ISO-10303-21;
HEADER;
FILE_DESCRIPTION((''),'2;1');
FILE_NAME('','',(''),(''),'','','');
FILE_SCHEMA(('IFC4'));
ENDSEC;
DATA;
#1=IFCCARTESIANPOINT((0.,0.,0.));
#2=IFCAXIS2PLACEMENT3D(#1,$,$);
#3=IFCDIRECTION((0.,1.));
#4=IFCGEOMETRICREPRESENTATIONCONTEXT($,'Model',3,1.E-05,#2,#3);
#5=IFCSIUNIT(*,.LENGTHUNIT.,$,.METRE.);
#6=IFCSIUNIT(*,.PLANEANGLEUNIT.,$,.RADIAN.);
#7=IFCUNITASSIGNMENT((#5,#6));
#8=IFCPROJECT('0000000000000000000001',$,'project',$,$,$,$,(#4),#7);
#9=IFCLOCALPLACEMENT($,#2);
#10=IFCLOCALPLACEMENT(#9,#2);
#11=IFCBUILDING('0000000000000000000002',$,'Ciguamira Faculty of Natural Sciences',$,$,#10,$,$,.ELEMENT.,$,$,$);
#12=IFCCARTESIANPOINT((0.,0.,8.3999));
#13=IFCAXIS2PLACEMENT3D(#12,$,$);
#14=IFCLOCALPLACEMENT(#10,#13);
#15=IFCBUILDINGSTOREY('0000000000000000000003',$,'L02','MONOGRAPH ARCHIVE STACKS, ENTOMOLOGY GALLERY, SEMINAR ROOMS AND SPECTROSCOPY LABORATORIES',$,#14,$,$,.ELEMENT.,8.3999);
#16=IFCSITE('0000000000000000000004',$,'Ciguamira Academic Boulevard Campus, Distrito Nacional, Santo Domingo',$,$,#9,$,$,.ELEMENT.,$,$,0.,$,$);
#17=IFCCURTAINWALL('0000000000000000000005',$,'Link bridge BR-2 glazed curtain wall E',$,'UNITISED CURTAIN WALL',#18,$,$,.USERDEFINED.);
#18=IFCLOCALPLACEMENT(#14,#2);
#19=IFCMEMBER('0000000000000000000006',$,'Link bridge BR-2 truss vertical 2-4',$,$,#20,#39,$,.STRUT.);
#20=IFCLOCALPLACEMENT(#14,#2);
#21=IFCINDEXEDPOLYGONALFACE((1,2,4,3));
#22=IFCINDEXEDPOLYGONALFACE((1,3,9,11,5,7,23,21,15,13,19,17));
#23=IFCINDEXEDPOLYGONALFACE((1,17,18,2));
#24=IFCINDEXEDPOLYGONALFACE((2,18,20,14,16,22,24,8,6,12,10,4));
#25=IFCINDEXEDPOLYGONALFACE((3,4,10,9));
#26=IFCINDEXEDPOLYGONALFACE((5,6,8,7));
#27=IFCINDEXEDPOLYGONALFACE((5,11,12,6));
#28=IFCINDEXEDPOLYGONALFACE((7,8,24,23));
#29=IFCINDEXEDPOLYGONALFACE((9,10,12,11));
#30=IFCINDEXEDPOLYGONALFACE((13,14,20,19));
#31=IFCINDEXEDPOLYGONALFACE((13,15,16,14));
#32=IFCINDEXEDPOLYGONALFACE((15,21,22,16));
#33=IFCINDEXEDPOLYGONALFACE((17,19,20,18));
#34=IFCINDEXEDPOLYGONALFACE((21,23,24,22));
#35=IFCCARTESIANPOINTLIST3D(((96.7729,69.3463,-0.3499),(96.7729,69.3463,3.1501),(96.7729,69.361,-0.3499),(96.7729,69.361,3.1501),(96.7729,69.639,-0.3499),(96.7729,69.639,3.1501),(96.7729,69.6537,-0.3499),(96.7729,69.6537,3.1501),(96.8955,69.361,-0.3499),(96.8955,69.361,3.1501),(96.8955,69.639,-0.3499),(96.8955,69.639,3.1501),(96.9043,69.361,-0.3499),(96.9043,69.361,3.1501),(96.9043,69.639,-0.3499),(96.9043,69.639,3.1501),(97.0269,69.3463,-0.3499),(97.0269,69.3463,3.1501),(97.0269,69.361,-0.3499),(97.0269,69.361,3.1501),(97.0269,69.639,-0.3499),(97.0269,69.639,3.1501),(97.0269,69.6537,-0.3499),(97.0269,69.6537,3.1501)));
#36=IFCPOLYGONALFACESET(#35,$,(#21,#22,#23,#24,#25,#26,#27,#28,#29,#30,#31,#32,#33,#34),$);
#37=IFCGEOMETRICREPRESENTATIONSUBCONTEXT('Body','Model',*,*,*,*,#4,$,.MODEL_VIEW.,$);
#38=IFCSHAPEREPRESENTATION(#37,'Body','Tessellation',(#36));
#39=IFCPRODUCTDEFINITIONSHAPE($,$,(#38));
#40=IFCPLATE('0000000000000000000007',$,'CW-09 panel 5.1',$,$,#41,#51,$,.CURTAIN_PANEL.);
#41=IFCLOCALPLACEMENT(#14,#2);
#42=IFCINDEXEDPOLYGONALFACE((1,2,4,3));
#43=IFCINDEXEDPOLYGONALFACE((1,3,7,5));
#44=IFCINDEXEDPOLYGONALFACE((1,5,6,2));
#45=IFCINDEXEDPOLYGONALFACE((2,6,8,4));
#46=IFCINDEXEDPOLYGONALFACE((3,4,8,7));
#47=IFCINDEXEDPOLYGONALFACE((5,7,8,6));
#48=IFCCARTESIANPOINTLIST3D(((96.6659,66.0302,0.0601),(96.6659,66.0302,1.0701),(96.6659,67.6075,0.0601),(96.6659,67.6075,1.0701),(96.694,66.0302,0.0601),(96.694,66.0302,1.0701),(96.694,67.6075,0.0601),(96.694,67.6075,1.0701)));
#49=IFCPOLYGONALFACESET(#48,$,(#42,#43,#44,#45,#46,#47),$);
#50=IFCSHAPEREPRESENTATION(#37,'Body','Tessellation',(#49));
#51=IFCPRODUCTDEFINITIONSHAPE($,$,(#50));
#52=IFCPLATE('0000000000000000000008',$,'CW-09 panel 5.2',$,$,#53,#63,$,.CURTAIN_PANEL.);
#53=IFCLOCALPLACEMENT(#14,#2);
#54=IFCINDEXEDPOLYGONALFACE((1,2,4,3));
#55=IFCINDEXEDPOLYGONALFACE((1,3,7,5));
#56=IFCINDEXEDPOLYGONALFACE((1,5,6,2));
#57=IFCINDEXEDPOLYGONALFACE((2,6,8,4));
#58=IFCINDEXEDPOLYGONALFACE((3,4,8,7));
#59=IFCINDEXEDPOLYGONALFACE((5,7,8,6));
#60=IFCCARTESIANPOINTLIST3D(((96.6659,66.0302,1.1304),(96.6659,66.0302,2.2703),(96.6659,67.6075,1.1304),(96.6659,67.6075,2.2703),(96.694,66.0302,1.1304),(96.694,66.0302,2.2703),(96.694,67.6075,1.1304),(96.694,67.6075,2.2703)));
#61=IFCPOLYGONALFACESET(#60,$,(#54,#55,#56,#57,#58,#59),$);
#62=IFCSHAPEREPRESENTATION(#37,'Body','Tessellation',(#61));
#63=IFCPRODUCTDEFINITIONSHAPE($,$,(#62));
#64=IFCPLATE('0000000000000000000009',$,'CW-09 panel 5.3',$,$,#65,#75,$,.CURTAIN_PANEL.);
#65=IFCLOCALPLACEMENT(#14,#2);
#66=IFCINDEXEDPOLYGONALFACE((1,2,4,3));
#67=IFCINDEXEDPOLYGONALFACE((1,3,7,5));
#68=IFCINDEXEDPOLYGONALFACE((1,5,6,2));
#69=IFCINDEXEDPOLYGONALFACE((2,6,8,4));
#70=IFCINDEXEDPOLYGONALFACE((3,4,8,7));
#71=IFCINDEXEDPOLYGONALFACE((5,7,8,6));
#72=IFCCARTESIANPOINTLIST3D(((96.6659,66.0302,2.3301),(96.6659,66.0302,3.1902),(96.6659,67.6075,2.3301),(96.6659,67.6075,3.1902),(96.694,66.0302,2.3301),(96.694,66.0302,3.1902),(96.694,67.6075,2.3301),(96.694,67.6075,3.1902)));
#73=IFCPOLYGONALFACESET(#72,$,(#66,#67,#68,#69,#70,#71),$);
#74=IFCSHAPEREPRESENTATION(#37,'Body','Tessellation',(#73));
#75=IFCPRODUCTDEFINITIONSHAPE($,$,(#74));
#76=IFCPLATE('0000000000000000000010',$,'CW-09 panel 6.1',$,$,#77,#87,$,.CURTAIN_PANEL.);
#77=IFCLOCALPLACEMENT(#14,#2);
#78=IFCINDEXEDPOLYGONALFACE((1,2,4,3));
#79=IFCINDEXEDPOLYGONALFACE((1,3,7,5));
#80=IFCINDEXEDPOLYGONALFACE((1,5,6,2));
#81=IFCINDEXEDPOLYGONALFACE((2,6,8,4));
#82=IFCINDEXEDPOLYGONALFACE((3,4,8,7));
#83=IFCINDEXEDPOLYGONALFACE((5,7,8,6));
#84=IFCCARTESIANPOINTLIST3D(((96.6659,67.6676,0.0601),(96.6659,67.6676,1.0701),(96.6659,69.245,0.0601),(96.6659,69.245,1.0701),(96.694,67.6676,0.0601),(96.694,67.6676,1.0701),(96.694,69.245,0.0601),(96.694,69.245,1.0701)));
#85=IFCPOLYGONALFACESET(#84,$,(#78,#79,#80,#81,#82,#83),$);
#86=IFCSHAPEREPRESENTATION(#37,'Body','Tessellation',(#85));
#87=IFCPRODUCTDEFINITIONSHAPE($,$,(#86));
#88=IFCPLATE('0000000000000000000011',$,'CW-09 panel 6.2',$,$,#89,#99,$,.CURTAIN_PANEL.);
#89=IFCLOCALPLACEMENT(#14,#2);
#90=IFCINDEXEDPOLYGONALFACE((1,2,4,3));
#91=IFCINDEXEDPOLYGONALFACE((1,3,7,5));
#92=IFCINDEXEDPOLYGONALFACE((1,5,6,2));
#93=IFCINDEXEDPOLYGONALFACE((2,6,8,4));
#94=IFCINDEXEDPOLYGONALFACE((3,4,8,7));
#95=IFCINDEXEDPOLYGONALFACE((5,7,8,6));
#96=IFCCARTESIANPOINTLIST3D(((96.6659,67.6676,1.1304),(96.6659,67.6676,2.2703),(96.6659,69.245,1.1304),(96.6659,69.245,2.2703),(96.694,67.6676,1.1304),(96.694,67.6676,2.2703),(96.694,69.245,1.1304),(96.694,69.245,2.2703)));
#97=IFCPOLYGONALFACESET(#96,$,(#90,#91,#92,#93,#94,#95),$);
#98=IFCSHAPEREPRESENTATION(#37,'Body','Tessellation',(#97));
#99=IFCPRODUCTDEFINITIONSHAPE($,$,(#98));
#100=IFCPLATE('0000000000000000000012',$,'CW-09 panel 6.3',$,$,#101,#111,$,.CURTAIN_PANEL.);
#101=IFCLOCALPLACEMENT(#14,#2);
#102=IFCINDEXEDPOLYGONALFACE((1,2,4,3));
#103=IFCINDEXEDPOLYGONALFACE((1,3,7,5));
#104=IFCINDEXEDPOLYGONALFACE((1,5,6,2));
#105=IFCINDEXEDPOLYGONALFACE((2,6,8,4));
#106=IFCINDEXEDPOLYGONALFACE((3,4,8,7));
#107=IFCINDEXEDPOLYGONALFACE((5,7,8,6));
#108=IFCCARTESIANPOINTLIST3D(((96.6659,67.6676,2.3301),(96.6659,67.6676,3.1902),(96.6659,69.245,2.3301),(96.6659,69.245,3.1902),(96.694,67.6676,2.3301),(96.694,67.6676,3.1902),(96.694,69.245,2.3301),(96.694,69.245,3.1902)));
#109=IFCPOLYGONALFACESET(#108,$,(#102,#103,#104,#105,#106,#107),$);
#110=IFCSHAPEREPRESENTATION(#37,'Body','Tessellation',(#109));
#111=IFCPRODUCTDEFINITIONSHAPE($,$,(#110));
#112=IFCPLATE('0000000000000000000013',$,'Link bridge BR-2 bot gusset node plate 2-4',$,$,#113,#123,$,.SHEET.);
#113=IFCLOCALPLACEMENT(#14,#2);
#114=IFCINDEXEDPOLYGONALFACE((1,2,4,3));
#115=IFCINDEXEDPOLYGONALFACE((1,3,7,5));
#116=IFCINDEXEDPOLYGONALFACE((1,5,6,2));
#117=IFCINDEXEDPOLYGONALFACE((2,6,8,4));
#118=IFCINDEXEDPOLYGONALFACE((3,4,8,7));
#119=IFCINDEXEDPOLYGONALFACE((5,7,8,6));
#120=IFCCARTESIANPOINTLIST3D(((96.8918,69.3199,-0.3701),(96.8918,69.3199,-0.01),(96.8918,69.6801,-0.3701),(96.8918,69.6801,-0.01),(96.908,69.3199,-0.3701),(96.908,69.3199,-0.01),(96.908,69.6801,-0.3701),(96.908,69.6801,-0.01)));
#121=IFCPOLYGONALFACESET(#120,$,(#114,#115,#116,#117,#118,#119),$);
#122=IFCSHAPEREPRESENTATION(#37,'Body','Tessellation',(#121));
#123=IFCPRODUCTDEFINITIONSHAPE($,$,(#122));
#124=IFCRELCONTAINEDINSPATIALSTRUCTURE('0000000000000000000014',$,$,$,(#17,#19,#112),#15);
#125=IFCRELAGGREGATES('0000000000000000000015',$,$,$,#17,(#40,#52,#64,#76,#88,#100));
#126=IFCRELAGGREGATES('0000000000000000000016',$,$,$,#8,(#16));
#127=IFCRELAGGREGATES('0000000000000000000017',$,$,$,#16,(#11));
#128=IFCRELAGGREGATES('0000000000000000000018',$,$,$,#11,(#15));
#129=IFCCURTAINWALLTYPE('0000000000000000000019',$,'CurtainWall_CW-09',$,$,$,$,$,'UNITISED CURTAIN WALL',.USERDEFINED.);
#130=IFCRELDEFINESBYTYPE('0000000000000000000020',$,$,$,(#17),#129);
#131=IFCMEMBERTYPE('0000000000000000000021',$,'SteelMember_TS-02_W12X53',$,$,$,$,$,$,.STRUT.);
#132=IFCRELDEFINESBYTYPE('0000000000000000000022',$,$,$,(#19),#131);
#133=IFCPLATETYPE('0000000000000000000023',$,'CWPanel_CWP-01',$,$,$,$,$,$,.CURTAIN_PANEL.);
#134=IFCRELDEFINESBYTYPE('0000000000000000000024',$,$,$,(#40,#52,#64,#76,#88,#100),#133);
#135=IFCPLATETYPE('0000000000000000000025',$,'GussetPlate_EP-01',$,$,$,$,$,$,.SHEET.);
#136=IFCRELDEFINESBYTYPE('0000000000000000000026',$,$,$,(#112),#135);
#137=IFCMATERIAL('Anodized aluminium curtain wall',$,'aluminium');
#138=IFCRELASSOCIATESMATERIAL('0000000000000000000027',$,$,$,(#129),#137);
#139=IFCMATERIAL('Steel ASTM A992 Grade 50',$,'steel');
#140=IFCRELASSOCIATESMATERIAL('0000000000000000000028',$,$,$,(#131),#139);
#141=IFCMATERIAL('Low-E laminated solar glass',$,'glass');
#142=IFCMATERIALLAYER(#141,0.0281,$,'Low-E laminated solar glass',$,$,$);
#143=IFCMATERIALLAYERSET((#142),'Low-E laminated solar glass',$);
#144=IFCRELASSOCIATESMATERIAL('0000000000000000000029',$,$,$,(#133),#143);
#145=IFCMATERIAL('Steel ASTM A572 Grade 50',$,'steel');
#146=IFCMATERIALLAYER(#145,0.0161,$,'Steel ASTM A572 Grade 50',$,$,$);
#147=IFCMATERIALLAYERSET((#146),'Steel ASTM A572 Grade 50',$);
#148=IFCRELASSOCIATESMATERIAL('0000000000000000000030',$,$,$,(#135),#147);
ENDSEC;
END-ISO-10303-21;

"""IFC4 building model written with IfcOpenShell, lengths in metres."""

from ifc_helpers import new_model, si_unit, direction, frame, origin, origin_2d, place, context, subcontext, project, spatial, rectangle, i_section, extrude, material, layer, layer_set, material_profile, profile_set, type_object, element, aggregate, save


model = new_model("IFC4")

# Units and contexts
model_context = context("Model", 3, precision=1e-05, world=origin(), true_north=direction((0.0, 1.0)))
body_context = subcontext(model_context, "Body", "Model", "MODEL_VIEW")
ifc_project = project(units=[si_unit("LENGTHUNIT", "METRE"), si_unit("PLANEANGLEUNIT", "RADIAN")], contexts=[model_context])

# Site, building, storey
site_placement = place(None, origin())
site = spatial("IfcSite", under=ifc_project, at=site_placement, Name="Ciguamira Academic Boulevard Campus, Distrito Nacional, Santo Domingo", CompositionType="ELEMENT", RefElevation=0.0)
building_placement = place(site_placement, origin())
building = spatial("IfcBuilding", under=site, at=building_placement, Name="Ciguamira Faculty of Natural Sciences", CompositionType="ELEMENT")
storey_placement = place(building_placement, frame((0.0, 0.0, 8.3999)))
storey = spatial("IfcBuildingStorey", under=building, at=storey_placement, Name="L02", Description="MONOGRAPH ARCHIVE STACKS, ENTOMOLOGY GALLERY, SEMINAR ROOMS AND SPECTROSCOPY LABORATORIES", CompositionType="ELEMENT", Elevation=8.3999)

# Curtain wall
ifc_material_1 = material(Name="Anodized aluminium curtain wall", Category="aluminium")
curtain_wall_type = type_object("IfcCurtainWallType", Name="CurtainWall_CW-09", ElementType="UNITISED CURTAIN WALL", PredefinedType="USERDEFINED", material=ifc_material_1)
curtain_wall_placement = place(storey_placement, origin())
curtain_wall = element("IfcCurtainWall", 1, at=curtain_wall_placement, inside=storey, type_object=curtain_wall_type, Name="Link bridge BR-2 glazed curtain wall E", ObjectType="UNITISED CURTAIN WALL", PredefinedType="USERDEFINED")

# Member
ifc_material_2 = material(Name="Steel ASTM A992 Grade 50", Category="steel")
ifc_material_profile_1 = material_profile(ifc_material_2, i_section(OverallWidth=0.2539, OverallDepth=0.3074, WebThickness=0.0088, FlangeThickness=0.0146, at=origin_2d()), Name="W12X53")
ifc_profile_set_1 = profile_set([ifc_material_profile_1], Name="Steel ASTM A992 Grade 50")
member_type_1 = type_object("IfcMemberType", Name="SteelMember_TS-02_W12X53", PredefinedType="STRUT", material=ifc_profile_set_1)
member_1_placement = place(storey_placement, frame((96.8999, 69.5, -0.3499), z_axis=(0.0, 0.0, 1.0), x_axis=(1.0, 0.0, 0.0)))
element("IfcMember", 2, at=member_1_placement, inside=storey, type_object=member_type_1, Name="Link bridge BR-2 truss vertical 2-4", PredefinedType="STRUT", context=body_context, shape_type="SweptSolid", body=[
    extrude(i_section(OverallWidth=0.2539, OverallDepth=0.3074, WebThickness=0.0088, FlangeThickness=0.0146, at=origin_2d()), origin(), (0.0, 0.0, 1.0), 3.5),
])

# Plates
ifc_material_3 = material(Name="Low-E laminated solar glass", Category="glass")
ifc_layer_1 = layer(ifc_material_3, 0.0281, Name="Low-E laminated solar glass")
ifc_layer_set_1 = layer_set([ifc_layer_1], Name="Low-E laminated solar glass")
plate_type_1 = type_object("IfcPlateType", Name="CWPanel_CWP-01", PredefinedType="CURTAIN_PANEL", material=ifc_layer_set_1)
plate_1_placement = place(storey_placement, frame((96.6799, 66.8188, 0.0601), z_axis=(0.0, 0.0, 1.0), x_axis=(0.0, 1.0, 0.0)))
plate_1 = element("IfcPlate", 3, at=plate_1_placement, type_object=plate_type_1, Name="CW-09 panel 5.1", PredefinedType="CURTAIN_PANEL", context=body_context, shape_type="SweptSolid", body=[
    extrude(rectangle(XDim=1.5774, YDim=0.0281, at=origin_2d()), origin(), (0.0, 0.0, 1.0), 1.01),
])
plate_2_placement = place(storey_placement, frame((96.6799, 66.8188, 1.1304), z_axis=(0.0, 0.0, 1.0), x_axis=(0.0, 1.0, 0.0)))
plate_2 = element("IfcPlate", 4, at=plate_2_placement, type_object=plate_type_1, Name="CW-09 panel 5.2", PredefinedType="CURTAIN_PANEL", context=body_context, shape_type="SweptSolid", body=[
    extrude(rectangle(XDim=1.5774, YDim=0.0281, at=origin_2d()), origin(), (0.0, 0.0, 1.0), 1.1399),
])
plate_3_placement = place(storey_placement, frame((96.6799, 66.8188, 2.3301), z_axis=(0.0, 0.0, 1.0), x_axis=(0.0, 1.0, 0.0)))
plate_3 = element("IfcPlate", 5, at=plate_3_placement, type_object=plate_type_1, Name="CW-09 panel 5.3", PredefinedType="CURTAIN_PANEL", context=body_context, shape_type="SweptSolid", body=[
    extrude(rectangle(XDim=1.5774, YDim=0.0281, at=origin_2d()), origin(), (0.0, 0.0, 1.0), 0.8601),
])
plate_4_placement = place(storey_placement, frame((96.6799, 68.4563, 0.0601), z_axis=(0.0, 0.0, 1.0), x_axis=(0.0, 1.0, 0.0)))
plate_4 = element("IfcPlate", 6, at=plate_4_placement, type_object=plate_type_1, Name="CW-09 panel 6.1", PredefinedType="CURTAIN_PANEL", context=body_context, shape_type="SweptSolid", body=[
    extrude(rectangle(XDim=1.5774, YDim=0.0281, at=origin_2d()), origin(), (0.0, 0.0, 1.0), 1.01),
])
plate_5_placement = place(storey_placement, frame((96.6799, 68.4563, 1.1304), z_axis=(0.0, 0.0, 1.0), x_axis=(0.0, 1.0, 0.0)))
plate_5 = element("IfcPlate", 7, at=plate_5_placement, type_object=plate_type_1, Name="CW-09 panel 6.2", PredefinedType="CURTAIN_PANEL", context=body_context, shape_type="SweptSolid", body=[
    extrude(rectangle(XDim=1.5774, YDim=0.0281, at=origin_2d()), origin(), (0.0, 0.0, 1.0), 1.1399),
])
plate_6_placement = place(storey_placement, frame((96.6799, 68.4563, 2.3301), z_axis=(0.0, 0.0, 1.0), x_axis=(0.0, 1.0, 0.0)))
plate_6 = element("IfcPlate", 8, at=plate_6_placement, type_object=plate_type_1, Name="CW-09 panel 6.3", PredefinedType="CURTAIN_PANEL", context=body_context, shape_type="SweptSolid", body=[
    extrude(rectangle(XDim=1.5774, YDim=0.0281, at=origin_2d()), origin(), (0.0, 0.0, 1.0), 0.8601),
])
aggregate(curtain_wall, [plate_1, plate_2, plate_3, plate_4, plate_5, plate_6])
ifc_material_4 = material(Name="Steel ASTM A572 Grade 50", Category="steel")
ifc_layer_2 = layer(ifc_material_4, 0.0161, Name="Steel ASTM A572 Grade 50")
ifc_layer_set_2 = layer_set([ifc_layer_2], Name="Steel ASTM A572 Grade 50")
plate_type_2 = type_object("IfcPlateType", Name="GussetPlate_EP-01", PredefinedType="SHEET", material=ifc_layer_set_2)
plate_7_placement = place(storey_placement, frame((96.8999, 69.5, -0.3701), z_axis=(0.0, 0.0, 1.0), x_axis=(1.0, 0.0, 0.0)))
element("IfcPlate", 9, at=plate_7_placement, inside=storey, type_object=plate_type_2, Name="Link bridge BR-2 bot gusset node plate 2-4", PredefinedType="SHEET", context=body_context, shape_type="SweptSolid", body=[
    extrude(rectangle(XDim=0.0161, YDim=0.3601, at=origin_2d()), origin(), (0.0, 0.0, 1.0), 0.3601),
])

save(model, "model.ifc")
